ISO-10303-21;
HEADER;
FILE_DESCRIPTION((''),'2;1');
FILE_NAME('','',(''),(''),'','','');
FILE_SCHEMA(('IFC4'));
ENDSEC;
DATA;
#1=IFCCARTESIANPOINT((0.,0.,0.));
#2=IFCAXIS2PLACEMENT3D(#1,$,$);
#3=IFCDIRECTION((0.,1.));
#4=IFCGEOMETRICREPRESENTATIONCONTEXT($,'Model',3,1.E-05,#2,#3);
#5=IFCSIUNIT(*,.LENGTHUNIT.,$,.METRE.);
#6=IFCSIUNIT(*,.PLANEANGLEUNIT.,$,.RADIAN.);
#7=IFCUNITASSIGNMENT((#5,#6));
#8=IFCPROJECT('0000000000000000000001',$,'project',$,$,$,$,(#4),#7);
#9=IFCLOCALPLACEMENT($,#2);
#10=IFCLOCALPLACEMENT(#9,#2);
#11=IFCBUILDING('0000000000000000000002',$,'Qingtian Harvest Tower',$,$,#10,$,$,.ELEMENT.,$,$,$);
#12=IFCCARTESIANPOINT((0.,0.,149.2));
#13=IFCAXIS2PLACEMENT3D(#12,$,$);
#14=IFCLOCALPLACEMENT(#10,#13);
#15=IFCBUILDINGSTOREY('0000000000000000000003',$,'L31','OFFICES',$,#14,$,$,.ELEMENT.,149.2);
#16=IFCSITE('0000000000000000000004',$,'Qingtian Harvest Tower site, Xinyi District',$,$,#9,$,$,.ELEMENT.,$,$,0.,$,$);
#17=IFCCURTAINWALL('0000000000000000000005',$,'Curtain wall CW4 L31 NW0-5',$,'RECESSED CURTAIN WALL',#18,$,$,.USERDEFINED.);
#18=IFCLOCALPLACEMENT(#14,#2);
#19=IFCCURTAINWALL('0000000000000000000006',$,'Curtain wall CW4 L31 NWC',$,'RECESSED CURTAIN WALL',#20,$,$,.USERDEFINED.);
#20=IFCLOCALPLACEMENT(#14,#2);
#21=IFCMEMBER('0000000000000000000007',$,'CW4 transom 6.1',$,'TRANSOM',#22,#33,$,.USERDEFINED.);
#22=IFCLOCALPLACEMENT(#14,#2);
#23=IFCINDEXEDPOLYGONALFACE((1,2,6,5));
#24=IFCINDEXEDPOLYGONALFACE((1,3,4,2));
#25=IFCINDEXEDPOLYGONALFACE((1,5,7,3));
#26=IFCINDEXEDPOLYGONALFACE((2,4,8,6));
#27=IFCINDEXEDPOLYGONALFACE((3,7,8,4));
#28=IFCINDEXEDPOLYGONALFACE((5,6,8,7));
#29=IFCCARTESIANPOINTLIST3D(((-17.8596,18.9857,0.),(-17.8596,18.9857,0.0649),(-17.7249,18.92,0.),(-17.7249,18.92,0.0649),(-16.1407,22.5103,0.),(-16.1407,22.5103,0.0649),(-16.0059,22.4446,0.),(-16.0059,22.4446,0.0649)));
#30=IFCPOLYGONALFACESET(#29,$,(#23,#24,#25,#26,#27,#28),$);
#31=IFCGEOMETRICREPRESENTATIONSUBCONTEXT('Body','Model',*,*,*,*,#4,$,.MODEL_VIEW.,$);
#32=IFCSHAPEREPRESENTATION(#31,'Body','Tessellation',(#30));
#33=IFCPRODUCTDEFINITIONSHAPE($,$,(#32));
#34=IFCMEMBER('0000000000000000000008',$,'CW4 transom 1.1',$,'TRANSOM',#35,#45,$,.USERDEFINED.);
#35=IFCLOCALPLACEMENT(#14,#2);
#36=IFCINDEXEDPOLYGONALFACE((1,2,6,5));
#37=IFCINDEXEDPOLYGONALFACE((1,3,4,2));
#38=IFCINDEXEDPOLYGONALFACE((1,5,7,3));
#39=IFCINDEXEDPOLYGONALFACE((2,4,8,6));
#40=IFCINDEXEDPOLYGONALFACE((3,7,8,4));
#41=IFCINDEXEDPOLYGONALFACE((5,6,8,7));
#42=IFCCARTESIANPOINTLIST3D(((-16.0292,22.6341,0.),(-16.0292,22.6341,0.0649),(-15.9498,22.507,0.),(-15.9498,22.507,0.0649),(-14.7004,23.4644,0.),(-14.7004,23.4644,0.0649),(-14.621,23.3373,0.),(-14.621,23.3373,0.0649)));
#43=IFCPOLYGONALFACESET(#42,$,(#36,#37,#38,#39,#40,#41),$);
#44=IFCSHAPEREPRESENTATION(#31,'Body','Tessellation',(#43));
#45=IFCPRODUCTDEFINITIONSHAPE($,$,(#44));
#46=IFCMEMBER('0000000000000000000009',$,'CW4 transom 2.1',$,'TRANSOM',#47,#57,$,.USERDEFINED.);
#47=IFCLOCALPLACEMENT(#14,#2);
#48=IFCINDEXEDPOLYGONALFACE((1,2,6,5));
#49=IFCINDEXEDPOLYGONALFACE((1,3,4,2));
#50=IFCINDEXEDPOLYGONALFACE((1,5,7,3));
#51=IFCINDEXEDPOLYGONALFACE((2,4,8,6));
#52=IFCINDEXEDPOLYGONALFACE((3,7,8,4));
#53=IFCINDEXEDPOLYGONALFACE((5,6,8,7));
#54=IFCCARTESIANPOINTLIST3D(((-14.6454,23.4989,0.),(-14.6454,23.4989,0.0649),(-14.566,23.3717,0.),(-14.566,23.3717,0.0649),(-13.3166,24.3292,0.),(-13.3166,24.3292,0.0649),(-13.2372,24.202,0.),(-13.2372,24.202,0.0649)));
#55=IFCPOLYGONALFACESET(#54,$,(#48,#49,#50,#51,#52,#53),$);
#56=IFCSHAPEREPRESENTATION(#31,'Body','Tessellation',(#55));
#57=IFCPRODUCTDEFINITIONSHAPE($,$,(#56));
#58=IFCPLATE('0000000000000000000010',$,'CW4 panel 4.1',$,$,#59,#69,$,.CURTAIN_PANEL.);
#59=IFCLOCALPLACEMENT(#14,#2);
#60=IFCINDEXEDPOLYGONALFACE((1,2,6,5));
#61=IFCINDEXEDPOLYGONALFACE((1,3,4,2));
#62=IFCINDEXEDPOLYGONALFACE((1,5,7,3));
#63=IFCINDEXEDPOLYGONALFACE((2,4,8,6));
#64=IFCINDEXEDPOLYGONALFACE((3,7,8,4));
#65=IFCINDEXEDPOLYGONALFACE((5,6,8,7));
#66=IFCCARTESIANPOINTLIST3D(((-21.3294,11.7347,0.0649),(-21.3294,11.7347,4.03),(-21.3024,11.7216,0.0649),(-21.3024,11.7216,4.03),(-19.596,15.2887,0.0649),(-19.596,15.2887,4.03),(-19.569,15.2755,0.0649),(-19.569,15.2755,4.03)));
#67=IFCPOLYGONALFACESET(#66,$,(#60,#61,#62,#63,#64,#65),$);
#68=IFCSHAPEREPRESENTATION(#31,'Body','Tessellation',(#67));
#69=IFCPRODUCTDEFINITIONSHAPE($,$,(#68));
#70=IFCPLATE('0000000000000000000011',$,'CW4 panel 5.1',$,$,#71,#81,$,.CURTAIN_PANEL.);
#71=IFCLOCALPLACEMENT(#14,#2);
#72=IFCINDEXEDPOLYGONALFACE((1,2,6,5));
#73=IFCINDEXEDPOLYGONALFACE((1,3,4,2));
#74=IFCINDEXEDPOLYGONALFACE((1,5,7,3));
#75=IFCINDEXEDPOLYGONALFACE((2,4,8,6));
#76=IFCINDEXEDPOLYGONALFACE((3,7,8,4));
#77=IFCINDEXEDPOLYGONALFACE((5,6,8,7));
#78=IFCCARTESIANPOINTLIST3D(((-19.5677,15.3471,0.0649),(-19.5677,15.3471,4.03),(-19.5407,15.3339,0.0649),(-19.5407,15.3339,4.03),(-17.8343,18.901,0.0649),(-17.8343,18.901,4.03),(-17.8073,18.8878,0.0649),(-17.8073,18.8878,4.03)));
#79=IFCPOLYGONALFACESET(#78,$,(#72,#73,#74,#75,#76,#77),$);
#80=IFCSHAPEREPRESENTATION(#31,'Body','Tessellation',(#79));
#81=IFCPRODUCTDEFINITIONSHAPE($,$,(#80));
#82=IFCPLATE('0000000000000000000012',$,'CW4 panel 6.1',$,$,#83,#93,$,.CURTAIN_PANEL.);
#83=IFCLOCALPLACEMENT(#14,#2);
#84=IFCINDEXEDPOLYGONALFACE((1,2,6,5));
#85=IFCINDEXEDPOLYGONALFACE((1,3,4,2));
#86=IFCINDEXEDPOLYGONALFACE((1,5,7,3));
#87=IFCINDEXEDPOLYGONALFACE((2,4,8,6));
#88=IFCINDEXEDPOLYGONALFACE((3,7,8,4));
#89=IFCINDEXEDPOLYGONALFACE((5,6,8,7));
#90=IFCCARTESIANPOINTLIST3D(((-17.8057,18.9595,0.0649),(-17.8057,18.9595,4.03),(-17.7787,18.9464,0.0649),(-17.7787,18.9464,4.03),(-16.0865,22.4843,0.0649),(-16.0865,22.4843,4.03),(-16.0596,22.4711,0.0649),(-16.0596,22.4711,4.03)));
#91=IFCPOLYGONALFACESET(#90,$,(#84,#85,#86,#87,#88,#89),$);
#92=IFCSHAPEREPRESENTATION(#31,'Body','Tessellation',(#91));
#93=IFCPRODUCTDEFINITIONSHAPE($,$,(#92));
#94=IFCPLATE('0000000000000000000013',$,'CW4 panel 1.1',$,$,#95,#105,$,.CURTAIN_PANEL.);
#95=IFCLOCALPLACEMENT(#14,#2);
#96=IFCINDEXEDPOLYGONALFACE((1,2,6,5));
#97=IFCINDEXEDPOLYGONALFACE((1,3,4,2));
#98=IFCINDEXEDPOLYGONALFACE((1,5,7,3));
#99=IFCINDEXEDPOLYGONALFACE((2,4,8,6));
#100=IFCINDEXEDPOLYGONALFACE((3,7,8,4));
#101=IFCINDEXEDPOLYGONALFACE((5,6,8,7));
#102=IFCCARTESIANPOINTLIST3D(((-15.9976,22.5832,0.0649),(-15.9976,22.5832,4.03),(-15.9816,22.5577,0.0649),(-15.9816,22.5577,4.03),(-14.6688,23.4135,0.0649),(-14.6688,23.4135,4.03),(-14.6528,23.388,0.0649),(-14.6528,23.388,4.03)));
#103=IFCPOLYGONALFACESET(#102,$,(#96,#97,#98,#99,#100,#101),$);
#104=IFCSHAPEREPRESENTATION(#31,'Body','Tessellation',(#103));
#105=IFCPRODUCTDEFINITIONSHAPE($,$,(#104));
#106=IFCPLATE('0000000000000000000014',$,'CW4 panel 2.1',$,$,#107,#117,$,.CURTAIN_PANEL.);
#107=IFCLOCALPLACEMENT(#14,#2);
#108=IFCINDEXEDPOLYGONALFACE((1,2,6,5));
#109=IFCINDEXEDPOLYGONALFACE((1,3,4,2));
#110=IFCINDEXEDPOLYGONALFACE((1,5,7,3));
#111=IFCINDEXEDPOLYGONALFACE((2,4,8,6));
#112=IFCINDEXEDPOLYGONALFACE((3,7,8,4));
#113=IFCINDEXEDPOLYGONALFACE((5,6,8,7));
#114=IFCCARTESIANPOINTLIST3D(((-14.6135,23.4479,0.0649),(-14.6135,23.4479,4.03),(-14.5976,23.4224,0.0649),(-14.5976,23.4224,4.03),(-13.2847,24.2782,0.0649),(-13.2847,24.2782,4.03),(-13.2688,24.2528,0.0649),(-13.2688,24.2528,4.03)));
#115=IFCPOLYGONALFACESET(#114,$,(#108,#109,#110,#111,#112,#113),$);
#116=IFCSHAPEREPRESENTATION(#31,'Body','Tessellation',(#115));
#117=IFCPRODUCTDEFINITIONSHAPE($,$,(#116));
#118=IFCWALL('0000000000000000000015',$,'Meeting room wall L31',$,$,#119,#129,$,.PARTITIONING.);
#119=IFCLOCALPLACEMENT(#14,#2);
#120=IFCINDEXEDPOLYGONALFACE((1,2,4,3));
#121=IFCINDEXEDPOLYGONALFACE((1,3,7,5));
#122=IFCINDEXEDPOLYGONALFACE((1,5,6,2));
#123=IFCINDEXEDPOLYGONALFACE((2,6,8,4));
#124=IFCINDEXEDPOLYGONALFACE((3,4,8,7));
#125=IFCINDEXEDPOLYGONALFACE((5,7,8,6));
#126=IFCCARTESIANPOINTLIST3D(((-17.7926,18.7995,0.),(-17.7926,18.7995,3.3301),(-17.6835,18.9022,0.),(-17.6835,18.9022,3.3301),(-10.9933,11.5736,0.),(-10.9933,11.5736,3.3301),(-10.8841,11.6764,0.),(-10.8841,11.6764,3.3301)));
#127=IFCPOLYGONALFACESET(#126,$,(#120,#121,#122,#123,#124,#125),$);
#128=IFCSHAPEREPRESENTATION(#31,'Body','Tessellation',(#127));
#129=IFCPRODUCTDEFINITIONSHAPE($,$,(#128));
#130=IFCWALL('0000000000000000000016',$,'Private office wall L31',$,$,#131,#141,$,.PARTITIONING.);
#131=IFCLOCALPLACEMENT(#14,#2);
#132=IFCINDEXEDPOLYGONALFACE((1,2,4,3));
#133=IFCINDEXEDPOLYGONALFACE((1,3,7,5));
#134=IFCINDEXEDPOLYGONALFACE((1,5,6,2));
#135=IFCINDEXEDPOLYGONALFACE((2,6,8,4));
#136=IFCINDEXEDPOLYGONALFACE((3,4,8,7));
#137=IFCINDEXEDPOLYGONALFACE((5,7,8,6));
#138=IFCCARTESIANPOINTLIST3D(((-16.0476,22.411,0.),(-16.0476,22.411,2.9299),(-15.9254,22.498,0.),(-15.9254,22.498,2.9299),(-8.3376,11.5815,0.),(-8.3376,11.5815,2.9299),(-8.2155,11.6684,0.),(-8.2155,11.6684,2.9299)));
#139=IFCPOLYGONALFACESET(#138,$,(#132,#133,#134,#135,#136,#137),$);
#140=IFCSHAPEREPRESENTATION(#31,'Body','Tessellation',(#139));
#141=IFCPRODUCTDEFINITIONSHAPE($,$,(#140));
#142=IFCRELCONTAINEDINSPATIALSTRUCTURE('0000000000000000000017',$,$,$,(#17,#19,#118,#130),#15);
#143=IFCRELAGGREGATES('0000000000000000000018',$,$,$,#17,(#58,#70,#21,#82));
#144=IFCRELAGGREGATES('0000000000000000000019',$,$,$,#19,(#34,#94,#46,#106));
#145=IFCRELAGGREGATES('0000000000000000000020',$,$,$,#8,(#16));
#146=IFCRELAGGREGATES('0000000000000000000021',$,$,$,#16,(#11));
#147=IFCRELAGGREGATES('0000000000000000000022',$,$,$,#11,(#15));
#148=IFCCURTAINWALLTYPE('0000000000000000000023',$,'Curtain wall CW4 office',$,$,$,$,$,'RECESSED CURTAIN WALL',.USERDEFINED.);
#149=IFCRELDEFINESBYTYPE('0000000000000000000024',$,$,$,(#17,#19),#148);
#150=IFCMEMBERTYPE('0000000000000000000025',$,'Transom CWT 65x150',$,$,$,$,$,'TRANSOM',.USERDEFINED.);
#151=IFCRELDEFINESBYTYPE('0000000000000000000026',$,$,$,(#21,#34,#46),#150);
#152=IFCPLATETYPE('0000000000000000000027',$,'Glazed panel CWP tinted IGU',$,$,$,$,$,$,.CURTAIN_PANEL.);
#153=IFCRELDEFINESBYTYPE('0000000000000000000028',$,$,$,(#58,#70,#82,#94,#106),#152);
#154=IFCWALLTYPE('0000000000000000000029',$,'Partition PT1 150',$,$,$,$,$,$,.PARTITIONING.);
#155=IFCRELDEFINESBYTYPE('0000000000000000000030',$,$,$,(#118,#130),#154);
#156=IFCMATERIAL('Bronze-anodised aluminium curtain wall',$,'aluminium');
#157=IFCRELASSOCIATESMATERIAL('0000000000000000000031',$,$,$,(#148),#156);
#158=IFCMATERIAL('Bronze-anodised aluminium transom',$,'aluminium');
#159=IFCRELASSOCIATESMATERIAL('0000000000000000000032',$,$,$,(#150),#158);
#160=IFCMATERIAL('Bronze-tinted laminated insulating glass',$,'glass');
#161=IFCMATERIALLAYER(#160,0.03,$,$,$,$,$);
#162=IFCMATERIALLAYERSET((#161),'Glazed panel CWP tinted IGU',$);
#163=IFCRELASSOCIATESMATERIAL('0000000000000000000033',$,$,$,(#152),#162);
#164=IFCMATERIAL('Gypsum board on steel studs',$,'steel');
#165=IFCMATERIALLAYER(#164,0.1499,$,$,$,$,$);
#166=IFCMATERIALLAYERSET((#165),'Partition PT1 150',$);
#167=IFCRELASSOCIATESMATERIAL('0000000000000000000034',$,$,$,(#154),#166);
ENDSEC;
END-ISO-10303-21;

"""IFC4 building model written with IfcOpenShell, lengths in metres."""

from ifc_helpers import new_model, si_unit, direction, frame, frame_2d, origin, origin_2d, place, context, subcontext, project, spatial, rectangle, extrude, material, layer, layer_set, material_profile, profile_set, type_object, element, aggregate, save


model = new_model("IFC4")

# Units and contexts
model_context = context("Model", 3, precision=1e-05, world=origin(), true_north=direction((0.0, 1.0)))
body_context = subcontext(model_context, "Body", "Model", "MODEL_VIEW")
ifc_project = project(units=[si_unit("LENGTHUNIT", "METRE"), si_unit("PLANEANGLEUNIT", "RADIAN")], contexts=[model_context])

# Site, building, storey
site_placement = place(None, origin())
site = spatial("IfcSite", under=ifc_project, at=site_placement, Name="Qingtian Harvest Tower site, Xinyi District", CompositionType="ELEMENT", RefElevation=0.0)
building_placement = place(site_placement, origin())
building = spatial("IfcBuilding", under=site, at=building_placement, Name="Qingtian Harvest Tower", CompositionType="ELEMENT")
storey_placement = place(building_placement, frame((0.0, 0.0, 149.2)))
storey = spatial("IfcBuildingStorey", under=building, at=storey_placement, Name="L31", Description="OFFICES", CompositionType="ELEMENT", Elevation=149.2)

# Curtain walls
ifc_material_1 = material(Name="Bronze-anodised aluminium curtain wall", Category="aluminium")
curtain_wall_type = type_object("IfcCurtainWallType", Name="Curtain wall CW4 office", ElementType="RECESSED CURTAIN WALL", PredefinedType="USERDEFINED", material=ifc_material_1)
curtain_wall_1_placement = place(storey_placement, origin())
curtain_wall_1 = element("IfcCurtainWall", 1, at=curtain_wall_1_placement, inside=storey, type_object=curtain_wall_type, Name="Curtain wall CW4 L31 NW0-5", ObjectType="RECESSED CURTAIN WALL", PredefinedType="USERDEFINED")
curtain_wall_2_placement = place(storey_placement, origin())
curtain_wall_2 = element("IfcCurtainWall", 2, at=curtain_wall_2_placement, inside=storey, type_object=curtain_wall_type, Name="Curtain wall CW4 L31 NWC", ObjectType="RECESSED CURTAIN WALL", PredefinedType="USERDEFINED")

# Members
ifc_material_2 = material(Name="Bronze-anodised aluminium transom", Category="aluminium")
ifc_material_profile_1 = material_profile(ifc_material_2, rectangle(XDim=0.1499, YDim=0.0649, at=origin_2d()), Name="AL 65x150")
ifc_profile_set_1 = profile_set([ifc_material_profile_1], Name="Bronze-anodised aluminium transom")
member_type_1 = type_object("IfcMemberType", Name="Transom CWT 65x150", ElementType="TRANSOM", PredefinedType="USERDEFINED", material=ifc_profile_set_1)
member_1_placement = place(storey_placement, frame((-17.7922, 18.9529, 0.0325), z_axis=(0.438351, 0.898804, 0.0), x_axis=(-0.898804, 0.438351, 0.0)))
member_1 = element("IfcMember", 3, at=member_1_placement, type_object=member_type_1, Name="CW4 transom 6.1", ObjectType="TRANSOM", PredefinedType="USERDEFINED", context=body_context, shape_type="SweptSolid", body=[
    extrude(rectangle(XDim=0.1499, YDim=0.0649, at=origin_2d()), origin(), (0.0, 0.0, 1.0), 3.9214),
])
member_2_placement = place(storey_placement, frame((-15.9895, 22.5706, 0.0325), z_axis=(0.84806, 0.529901, 0.0), x_axis=(-0.529901, 0.84806, 0.0)))
member_2 = element("IfcMember", 4, at=member_2_placement, type_object=member_type_1, Name="CW4 transom 1.1", ObjectType="TRANSOM", PredefinedType="USERDEFINED", context=body_context, shape_type="SweptSolid", body=[
    extrude(rectangle(XDim=0.1499, YDim=0.0649, at=origin_2d()), origin(), (0.0, 0.0, 1.0), 1.5669),
])
member_3_placement = place(storey_placement, frame((-14.6057, 23.4353, 0.0325), z_axis=(0.84806, 0.529901, 0.0), x_axis=(-0.529901, 0.84806, 0.0)))
member_3 = element("IfcMember", 5, at=member_3_placement, type_object=member_type_1, Name="CW4 transom 2.1", ObjectType="TRANSOM", PredefinedType="USERDEFINED", context=body_context, shape_type="SweptSolid", body=[
    extrude(rectangle(XDim=0.1499, YDim=0.0649, at=origin_2d()), origin(), (0.0, 0.0, 1.0), 1.5669),
])

# Plates
ifc_material_3 = material(Name="Bronze-tinted laminated insulating glass", Category="glass")
ifc_layer_1 = layer(ifc_material_3, 0.03)
ifc_layer_set_1 = layer_set([ifc_layer_1], Name="Glazed panel CWP tinted IGU")
plate_type = type_object("IfcPlateType", Name="Glazed panel CWP tinted IGU", PredefinedType="CURTAIN_PANEL", material=ifc_layer_set_1)
plate_1_placement = place(storey_placement, frame((-20.4492, 13.5051, 0.0649), z_axis=(0.0, 0.0, 1.0), x_axis=(0.438371, 0.898794, 0.0)))
plate_1 = element("IfcPlate", 6, at=plate_1_placement, type_object=plate_type, Name="CW4 panel 4.1", PredefinedType="CURTAIN_PANEL", context=body_context, shape_type="SweptSolid", body=[
    extrude(rectangle(XDim=3.9541, YDim=0.03, at=origin_2d()), origin(), (0.0, 0.0, 1.0), 3.9651),
])
plate_2_placement = place(storey_placement, frame((-18.6875, 17.1174, 0.0649), z_axis=(0.0, 0.0, 1.0), x_axis=(0.438371, 0.898794, 0.0)))
plate_2 = element("IfcPlate", 7, at=plate_2_placement, type_object=plate_type, Name="CW4 panel 5.1", PredefinedType="CURTAIN_PANEL", context=body_context, shape_type="SweptSolid", body=[
    extrude(rectangle(XDim=3.9541, YDim=0.03, at=origin_2d()), origin(), (0.0, 0.0, 1.0), 3.9651),
])
plate_3_placement = place(storey_placement, frame((-16.9326, 20.7153, 0.0649), z_axis=(0.0, 0.0, 1.0), x_axis=(0.438371, 0.898794, 0.0)))
plate_3 = element("IfcPlate", 8, at=plate_3_placement, type_object=plate_type, Name="CW4 panel 6.1", PredefinedType="CURTAIN_PANEL", context=body_context, shape_type="SweptSolid", body=[
    extrude(rectangle(XDim=3.9216, YDim=0.03, at=origin_2d()), origin(), (0.0, 0.0, 1.0), 3.9651),
])
aggregate(curtain_wall_1, [plate_1, plate_2, member_1, plate_3])
plate_4_placement = place(storey_placement, frame((-15.3252, 22.9856, 0.0649), z_axis=(0.0, 0.0, 1.0), x_axis=(0.848048, 0.529919, 0.0)))
plate_4 = element("IfcPlate", 9, at=plate_4_placement, type_object=plate_type, Name="CW4 panel 1.1", PredefinedType="CURTAIN_PANEL", context=body_context, shape_type="SweptSolid", body=[
    extrude(rectangle(XDim=1.5669, YDim=0.03, at=origin_2d()), origin(), (0.0, 0.0, 1.0), 3.9651),
])
plate_5_placement = place(storey_placement, frame((-13.9412, 23.8503, 0.0649), z_axis=(0.0, 0.0, 1.0), x_axis=(0.848048, 0.529919, 0.0)))
plate_5 = element("IfcPlate", 10, at=plate_5_placement, type_object=plate_type, Name="CW4 panel 2.1", PredefinedType="CURTAIN_PANEL", context=body_context, shape_type="SweptSolid", body=[
    extrude(rectangle(XDim=1.5669, YDim=0.03, at=origin_2d()), origin(), (0.0, 0.0, 1.0), 3.9651),
])
aggregate(curtain_wall_2, [member_2, plate_4, member_3, plate_5])

# Walls
ifc_material_4 = material(Name="Gypsum board on steel studs", Category="steel")
ifc_layer_2 = layer(ifc_material_4, 0.1499)
ifc_layer_set_2 = layer_set([ifc_layer_2], Name="Partition PT1 150")
wall_type = type_object("IfcWallType", Name="Partition PT1 150", PredefinedType="PARTITIONING", material=ifc_layer_set_2)
wall_1_placement = place(storey_placement, frame((-17.738, 18.8508, 0.0), z_axis=(0.0, 0.0, 1.0), x_axis=(0.685286, -0.728274, 0.0)))
element("IfcWall", 11, at=wall_1_placement, inside=storey, type_object=wall_type, Name="Meeting room wall L31", PredefinedType="PARTITIONING", context=body_context, shape_type="SweptSolid", body=[
    extrude(rectangle(XDim=9.9219, YDim=0.1499, at=frame_2d((4.9609, 0.0))), origin(), (0.0, 0.0, 1.0), 3.3301),
])
wall_2_placement = place(storey_placement, frame((-15.9866, 22.4546, 0.0), z_axis=(0.0, 0.0, 1.0), x_axis=(0.579969, -0.814638, 0.0)))
element("IfcWall", 12, at=wall_2_placement, inside=storey, type_object=wall_type, Name="Private office wall L31", PredefinedType="PARTITIONING", context=body_context, shape_type="SweptSolid", body=[
    extrude(rectangle(XDim=13.2937, YDim=0.1499, at=frame_2d((6.647, 0.0))), origin(), (0.0, 0.0, 1.0), 2.9299),
])

save(model, "model.ifc")
